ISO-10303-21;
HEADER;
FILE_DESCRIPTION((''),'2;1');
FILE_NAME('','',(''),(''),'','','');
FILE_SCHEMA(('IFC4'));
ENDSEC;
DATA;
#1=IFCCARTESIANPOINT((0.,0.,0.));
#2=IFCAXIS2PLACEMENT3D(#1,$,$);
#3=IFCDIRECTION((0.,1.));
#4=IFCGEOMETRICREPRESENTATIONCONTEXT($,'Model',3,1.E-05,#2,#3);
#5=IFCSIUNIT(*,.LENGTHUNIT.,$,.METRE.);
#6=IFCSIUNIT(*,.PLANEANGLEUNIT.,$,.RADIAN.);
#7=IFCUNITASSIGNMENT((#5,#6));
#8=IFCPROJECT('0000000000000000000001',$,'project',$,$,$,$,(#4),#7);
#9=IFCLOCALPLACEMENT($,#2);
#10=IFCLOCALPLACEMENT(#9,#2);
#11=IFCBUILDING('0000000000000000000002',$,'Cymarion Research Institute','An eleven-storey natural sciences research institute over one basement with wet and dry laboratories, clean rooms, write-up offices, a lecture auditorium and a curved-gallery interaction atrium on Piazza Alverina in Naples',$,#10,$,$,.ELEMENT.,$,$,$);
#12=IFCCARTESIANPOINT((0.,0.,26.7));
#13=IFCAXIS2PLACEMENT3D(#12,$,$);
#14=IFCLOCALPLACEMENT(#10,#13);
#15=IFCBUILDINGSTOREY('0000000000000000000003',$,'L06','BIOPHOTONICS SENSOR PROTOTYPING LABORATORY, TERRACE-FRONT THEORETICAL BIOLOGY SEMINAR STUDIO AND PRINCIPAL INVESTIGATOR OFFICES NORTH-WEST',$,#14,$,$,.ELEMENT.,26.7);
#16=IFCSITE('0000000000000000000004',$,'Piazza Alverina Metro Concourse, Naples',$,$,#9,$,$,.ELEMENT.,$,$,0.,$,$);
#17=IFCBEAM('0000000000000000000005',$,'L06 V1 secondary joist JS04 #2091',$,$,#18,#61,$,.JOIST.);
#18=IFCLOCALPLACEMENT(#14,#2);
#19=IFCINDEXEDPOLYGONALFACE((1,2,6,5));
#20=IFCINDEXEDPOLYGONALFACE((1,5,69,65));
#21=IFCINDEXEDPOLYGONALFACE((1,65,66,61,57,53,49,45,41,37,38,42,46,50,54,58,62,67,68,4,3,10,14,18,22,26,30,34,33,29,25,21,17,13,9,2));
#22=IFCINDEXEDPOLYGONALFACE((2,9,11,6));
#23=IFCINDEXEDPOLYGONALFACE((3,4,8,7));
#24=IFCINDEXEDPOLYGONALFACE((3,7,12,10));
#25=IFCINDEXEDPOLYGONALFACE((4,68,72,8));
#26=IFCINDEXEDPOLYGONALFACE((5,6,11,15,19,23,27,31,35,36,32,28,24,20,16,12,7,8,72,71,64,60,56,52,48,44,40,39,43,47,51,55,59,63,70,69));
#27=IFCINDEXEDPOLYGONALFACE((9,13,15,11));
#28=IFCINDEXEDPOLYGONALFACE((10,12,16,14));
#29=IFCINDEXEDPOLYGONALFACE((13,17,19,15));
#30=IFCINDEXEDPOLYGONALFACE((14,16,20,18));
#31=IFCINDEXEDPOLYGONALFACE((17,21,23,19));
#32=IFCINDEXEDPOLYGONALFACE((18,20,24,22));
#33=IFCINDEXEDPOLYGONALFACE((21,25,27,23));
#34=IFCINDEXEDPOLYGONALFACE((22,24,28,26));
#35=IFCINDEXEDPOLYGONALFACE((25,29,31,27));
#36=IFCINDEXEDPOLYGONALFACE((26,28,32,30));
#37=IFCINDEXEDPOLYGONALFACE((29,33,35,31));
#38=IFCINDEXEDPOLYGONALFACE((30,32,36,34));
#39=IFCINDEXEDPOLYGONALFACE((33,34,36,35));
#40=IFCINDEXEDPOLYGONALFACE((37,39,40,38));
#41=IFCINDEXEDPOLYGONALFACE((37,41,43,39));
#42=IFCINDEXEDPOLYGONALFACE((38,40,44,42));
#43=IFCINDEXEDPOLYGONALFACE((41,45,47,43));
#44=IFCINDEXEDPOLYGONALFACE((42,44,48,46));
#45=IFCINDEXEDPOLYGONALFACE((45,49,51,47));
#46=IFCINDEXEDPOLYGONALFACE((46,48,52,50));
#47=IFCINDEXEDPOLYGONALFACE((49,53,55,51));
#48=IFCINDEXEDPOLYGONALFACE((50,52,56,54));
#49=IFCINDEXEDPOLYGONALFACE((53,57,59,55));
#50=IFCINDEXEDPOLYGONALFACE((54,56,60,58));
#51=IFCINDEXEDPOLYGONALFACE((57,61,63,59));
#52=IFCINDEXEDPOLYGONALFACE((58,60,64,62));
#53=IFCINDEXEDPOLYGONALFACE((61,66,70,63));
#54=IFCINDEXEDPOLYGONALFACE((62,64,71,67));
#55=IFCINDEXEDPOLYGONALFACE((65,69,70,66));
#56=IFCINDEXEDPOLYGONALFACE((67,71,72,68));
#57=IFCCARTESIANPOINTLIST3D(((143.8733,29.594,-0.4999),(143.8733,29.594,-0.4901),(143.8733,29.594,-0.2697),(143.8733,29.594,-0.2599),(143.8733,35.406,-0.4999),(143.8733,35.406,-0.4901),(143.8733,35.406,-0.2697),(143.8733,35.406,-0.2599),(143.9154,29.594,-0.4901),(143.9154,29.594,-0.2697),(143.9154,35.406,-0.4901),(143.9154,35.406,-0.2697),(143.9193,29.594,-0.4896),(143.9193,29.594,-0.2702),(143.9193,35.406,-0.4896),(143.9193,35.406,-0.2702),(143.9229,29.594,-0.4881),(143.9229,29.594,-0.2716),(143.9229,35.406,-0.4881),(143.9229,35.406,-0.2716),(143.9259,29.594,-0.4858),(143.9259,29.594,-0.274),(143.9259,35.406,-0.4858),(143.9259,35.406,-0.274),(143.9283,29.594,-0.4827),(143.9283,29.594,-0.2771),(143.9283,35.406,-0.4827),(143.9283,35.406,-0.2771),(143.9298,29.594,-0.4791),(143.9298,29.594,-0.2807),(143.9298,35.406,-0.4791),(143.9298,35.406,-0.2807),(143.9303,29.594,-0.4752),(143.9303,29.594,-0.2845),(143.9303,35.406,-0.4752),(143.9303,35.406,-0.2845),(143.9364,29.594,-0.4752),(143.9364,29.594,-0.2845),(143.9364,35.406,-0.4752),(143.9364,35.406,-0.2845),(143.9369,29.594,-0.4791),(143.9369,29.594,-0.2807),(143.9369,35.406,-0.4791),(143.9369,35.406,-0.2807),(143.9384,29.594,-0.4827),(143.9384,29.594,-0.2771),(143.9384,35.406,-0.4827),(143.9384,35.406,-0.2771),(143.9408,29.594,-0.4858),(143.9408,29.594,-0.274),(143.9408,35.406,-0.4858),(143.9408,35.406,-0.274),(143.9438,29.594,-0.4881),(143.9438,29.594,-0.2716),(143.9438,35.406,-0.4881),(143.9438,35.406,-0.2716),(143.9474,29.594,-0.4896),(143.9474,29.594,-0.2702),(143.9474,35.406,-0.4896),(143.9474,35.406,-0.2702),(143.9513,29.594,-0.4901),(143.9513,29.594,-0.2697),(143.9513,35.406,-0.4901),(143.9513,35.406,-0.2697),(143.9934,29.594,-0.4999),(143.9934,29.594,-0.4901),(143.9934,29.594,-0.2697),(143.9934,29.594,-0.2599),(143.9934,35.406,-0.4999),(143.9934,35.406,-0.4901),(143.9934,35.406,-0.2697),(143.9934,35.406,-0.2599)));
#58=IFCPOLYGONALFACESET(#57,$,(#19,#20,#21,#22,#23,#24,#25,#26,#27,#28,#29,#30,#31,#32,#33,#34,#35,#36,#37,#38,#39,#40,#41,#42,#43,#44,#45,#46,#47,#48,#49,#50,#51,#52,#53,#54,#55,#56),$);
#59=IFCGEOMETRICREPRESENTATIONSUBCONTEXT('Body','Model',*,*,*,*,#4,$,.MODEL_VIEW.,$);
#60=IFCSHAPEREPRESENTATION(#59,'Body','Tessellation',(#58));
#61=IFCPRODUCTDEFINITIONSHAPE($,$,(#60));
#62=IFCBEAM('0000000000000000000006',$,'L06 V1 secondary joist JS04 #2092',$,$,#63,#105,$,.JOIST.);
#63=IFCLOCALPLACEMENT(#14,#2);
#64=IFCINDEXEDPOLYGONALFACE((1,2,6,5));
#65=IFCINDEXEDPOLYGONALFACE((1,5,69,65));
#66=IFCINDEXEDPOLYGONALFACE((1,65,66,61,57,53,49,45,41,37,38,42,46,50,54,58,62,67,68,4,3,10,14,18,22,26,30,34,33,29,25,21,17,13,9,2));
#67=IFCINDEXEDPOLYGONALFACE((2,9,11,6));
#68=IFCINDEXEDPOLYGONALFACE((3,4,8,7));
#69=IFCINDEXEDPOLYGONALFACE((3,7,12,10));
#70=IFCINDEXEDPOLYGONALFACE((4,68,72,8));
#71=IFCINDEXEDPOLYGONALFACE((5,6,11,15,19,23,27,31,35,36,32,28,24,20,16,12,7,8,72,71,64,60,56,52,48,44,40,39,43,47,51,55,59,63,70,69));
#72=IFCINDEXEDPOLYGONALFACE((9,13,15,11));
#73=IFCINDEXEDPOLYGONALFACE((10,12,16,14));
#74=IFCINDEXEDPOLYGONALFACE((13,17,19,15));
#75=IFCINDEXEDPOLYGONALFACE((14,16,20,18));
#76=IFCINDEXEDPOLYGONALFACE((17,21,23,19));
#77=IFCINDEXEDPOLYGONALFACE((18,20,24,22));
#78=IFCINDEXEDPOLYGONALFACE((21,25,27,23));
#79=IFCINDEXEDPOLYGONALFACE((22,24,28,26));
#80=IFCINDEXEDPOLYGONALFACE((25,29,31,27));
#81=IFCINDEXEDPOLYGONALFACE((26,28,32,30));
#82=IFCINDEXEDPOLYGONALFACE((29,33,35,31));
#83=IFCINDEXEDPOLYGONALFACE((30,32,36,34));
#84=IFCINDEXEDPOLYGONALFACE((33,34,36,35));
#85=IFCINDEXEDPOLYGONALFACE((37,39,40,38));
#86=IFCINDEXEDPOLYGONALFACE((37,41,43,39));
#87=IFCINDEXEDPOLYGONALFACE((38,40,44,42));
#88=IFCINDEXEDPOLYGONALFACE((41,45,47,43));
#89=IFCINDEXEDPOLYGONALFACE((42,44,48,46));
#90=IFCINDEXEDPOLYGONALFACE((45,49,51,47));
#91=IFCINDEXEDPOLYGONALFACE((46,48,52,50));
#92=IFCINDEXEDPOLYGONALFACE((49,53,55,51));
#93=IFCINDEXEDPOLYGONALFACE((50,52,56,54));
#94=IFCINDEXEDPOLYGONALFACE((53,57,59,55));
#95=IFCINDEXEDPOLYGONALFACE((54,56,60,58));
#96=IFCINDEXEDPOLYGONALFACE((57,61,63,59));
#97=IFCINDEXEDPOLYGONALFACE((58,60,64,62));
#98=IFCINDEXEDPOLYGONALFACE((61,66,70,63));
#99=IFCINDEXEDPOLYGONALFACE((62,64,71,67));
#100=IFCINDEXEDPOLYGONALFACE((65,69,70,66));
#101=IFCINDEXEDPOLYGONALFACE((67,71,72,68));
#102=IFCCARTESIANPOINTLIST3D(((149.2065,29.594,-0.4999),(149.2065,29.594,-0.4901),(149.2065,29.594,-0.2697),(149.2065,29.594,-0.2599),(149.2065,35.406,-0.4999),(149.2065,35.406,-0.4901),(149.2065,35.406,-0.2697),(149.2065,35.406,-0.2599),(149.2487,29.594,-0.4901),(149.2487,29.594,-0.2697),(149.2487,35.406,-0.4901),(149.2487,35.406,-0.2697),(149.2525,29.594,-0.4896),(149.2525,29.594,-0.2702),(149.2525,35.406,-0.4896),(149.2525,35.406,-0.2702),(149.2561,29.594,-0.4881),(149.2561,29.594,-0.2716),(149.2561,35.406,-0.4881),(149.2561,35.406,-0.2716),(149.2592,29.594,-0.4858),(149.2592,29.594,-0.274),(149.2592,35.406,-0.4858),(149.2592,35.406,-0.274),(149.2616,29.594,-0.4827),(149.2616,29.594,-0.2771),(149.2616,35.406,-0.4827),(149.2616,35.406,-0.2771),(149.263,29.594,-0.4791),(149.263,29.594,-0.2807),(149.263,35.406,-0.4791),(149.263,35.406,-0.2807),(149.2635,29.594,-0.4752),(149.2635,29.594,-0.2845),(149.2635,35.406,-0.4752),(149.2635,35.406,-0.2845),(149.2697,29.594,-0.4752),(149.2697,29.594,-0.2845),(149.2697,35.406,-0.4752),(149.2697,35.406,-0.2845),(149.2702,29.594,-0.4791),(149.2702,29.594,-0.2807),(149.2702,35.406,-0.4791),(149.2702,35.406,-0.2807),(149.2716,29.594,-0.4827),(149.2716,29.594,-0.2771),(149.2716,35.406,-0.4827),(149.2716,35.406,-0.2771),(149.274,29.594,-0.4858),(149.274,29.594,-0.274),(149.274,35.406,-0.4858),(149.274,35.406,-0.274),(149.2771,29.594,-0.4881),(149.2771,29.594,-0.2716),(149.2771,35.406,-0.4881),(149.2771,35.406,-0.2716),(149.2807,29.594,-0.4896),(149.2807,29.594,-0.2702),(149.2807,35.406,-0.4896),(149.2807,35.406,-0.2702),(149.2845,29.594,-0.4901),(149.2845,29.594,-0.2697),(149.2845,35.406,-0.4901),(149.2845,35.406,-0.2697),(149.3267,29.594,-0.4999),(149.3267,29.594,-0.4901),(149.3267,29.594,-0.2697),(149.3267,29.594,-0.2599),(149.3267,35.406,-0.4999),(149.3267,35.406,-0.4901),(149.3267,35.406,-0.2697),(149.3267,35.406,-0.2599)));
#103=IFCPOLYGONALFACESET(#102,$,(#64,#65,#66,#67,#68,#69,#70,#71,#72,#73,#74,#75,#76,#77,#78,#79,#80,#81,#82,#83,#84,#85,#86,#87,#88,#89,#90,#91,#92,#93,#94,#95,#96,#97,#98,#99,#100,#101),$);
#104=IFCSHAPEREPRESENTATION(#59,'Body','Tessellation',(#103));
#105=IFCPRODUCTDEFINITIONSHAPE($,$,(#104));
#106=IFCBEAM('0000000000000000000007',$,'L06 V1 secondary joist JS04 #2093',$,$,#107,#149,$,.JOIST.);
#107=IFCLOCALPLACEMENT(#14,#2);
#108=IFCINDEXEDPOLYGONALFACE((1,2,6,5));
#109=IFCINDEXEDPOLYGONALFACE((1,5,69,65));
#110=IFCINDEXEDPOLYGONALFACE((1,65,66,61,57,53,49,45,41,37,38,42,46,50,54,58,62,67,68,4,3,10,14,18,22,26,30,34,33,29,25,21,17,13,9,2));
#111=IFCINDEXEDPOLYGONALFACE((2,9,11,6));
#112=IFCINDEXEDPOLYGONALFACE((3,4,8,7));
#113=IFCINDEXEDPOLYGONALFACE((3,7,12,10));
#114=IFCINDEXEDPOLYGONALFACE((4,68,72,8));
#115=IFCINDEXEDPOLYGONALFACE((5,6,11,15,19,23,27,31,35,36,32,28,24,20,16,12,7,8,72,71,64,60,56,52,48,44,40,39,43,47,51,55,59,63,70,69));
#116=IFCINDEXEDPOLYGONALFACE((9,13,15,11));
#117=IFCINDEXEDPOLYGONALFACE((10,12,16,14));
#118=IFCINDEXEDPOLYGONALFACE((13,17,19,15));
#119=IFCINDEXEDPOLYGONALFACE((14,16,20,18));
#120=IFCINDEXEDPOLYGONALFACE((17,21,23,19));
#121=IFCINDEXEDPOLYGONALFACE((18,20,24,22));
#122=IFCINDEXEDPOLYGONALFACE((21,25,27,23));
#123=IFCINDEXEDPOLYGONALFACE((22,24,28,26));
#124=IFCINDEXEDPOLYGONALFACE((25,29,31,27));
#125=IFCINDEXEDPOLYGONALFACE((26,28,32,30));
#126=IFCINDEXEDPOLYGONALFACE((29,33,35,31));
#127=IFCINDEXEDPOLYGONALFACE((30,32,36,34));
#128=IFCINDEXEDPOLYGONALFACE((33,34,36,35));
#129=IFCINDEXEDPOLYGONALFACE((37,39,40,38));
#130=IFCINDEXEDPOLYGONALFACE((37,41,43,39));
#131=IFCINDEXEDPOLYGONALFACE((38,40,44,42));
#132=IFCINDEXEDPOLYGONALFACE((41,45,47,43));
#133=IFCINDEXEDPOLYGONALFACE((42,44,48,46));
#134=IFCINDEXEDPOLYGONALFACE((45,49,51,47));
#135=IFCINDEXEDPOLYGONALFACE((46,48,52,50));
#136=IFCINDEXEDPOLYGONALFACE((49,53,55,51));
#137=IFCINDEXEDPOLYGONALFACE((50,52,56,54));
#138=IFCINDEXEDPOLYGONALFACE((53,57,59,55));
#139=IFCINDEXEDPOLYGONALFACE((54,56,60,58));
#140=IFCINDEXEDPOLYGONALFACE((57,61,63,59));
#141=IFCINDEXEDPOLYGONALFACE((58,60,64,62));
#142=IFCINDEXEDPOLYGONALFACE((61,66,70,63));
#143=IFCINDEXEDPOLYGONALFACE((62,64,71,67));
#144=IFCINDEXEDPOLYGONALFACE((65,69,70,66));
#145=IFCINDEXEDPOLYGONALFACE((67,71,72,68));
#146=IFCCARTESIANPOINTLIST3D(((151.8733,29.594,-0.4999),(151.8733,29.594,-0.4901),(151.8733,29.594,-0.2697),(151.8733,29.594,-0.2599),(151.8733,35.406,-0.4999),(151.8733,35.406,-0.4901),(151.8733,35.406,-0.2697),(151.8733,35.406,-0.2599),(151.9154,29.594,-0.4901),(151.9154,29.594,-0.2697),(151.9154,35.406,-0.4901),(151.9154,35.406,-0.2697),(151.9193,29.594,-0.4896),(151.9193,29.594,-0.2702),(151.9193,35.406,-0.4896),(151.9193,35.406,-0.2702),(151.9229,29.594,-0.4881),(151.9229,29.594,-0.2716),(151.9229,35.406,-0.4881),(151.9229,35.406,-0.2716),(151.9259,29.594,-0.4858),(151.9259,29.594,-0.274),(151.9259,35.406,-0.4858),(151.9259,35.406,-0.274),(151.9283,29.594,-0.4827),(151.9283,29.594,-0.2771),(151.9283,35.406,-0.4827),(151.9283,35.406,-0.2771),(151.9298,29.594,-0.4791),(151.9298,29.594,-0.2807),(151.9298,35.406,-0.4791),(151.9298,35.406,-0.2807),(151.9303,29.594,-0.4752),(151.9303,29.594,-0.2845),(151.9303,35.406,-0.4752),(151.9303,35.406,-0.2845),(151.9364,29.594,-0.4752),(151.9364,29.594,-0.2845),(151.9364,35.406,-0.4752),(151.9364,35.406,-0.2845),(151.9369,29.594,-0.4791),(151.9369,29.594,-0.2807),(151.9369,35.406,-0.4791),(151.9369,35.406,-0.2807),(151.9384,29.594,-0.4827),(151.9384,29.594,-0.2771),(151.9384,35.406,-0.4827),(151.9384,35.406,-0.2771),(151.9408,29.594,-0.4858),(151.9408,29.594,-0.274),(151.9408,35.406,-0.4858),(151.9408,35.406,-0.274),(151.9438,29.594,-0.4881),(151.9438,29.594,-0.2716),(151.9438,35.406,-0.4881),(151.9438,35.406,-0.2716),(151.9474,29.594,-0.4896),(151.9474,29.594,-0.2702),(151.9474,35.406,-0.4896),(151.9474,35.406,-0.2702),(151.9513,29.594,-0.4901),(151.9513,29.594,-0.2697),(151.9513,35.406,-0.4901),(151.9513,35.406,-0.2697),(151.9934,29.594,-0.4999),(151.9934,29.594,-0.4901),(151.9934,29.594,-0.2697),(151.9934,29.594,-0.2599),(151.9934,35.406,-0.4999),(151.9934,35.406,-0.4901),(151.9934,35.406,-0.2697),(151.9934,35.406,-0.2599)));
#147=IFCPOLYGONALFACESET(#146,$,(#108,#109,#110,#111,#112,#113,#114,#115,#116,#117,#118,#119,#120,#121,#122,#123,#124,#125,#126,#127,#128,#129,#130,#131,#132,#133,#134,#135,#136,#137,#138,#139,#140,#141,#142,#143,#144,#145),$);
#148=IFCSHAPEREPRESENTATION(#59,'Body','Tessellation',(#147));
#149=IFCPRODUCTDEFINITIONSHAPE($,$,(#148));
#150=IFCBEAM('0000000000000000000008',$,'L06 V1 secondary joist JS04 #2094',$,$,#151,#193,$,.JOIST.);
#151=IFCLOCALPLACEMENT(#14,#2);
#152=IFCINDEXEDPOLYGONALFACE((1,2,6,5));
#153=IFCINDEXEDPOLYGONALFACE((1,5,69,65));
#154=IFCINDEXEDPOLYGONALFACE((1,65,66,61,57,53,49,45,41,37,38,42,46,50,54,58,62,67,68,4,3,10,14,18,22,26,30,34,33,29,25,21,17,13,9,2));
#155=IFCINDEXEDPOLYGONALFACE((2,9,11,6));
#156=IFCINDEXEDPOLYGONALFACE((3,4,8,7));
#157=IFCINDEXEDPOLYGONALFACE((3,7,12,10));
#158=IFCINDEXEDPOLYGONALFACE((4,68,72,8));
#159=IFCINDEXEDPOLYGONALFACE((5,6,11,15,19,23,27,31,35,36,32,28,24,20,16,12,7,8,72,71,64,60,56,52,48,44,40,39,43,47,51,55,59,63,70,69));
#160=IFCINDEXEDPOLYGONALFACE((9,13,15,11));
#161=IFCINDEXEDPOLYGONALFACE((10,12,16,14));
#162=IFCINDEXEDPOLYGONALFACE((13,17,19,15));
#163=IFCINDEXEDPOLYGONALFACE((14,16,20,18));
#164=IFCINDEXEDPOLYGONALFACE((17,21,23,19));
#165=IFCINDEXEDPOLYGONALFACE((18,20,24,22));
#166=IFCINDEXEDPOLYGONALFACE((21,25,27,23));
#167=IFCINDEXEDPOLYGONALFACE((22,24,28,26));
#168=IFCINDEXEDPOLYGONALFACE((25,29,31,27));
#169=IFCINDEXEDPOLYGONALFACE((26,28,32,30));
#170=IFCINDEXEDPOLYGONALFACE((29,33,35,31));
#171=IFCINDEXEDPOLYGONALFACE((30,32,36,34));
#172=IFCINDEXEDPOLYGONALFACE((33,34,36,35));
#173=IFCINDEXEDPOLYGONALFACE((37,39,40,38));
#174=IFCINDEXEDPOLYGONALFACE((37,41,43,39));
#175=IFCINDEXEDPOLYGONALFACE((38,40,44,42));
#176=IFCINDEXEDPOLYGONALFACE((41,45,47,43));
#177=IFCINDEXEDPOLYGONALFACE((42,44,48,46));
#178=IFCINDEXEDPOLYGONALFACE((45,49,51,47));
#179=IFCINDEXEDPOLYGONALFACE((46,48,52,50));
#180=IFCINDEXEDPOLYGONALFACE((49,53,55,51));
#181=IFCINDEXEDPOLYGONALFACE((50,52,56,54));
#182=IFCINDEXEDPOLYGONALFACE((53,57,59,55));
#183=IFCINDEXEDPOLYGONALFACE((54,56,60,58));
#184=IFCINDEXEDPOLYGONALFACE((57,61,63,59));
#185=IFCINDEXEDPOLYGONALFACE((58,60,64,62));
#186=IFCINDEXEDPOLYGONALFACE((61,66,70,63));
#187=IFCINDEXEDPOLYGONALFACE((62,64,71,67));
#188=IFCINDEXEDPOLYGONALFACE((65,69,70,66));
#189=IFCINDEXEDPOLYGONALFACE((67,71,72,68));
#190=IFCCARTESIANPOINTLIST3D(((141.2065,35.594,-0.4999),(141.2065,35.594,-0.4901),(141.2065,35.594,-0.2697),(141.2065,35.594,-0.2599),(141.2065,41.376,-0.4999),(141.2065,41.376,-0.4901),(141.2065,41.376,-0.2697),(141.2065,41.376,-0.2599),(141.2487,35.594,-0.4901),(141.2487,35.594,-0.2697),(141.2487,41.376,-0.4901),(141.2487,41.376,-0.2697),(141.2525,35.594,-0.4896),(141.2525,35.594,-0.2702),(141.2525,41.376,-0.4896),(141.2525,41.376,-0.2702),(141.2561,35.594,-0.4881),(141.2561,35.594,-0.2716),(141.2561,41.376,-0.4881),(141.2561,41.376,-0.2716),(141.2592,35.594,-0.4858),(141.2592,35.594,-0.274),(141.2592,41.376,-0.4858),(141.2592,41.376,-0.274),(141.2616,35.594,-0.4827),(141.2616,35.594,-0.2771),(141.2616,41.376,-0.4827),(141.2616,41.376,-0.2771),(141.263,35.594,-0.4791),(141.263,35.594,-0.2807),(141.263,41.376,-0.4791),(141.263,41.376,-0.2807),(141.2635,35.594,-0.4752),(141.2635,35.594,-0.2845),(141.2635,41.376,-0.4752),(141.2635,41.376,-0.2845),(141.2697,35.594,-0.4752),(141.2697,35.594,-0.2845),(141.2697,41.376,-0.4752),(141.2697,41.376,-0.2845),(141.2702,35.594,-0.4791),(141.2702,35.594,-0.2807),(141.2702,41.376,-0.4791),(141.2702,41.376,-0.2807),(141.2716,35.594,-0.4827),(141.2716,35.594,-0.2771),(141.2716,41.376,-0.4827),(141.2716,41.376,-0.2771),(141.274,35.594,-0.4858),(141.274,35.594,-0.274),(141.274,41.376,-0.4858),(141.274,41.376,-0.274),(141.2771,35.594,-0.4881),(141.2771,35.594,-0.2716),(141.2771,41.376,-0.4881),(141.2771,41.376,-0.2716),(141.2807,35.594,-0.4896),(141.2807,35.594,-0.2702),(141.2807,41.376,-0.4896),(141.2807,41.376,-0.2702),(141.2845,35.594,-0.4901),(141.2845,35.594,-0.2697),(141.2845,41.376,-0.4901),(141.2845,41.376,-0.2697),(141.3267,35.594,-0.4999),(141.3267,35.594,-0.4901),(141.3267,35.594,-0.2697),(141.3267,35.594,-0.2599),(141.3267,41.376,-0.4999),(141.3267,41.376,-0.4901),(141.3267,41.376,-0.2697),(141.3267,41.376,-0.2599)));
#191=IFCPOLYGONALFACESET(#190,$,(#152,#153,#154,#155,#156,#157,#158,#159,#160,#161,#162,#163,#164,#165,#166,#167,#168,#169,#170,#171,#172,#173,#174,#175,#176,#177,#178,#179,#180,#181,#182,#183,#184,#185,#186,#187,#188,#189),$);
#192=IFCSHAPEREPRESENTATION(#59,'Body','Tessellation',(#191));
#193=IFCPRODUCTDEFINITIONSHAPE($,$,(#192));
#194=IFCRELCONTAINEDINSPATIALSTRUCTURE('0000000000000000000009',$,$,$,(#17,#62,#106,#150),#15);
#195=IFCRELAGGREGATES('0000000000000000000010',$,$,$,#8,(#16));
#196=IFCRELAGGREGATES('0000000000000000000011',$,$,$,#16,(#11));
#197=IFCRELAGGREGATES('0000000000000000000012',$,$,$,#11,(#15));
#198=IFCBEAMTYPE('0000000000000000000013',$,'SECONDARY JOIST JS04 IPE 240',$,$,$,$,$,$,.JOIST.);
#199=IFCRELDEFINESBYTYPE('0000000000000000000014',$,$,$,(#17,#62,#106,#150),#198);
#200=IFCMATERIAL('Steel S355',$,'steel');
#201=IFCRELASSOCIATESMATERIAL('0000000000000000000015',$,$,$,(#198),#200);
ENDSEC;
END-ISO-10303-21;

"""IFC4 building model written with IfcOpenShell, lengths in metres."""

from ifc_helpers import new_model, si_unit, direction, frame, origin, origin_2d, place, context, subcontext, project, spatial, i_section, extrude, material, material_profile, profile_set, type_object, element, save


model = new_model("IFC4")

# Units and contexts
model_context = context("Model", 3, precision=1e-05, world=origin(), true_north=direction((0.0, 1.0)))
body_context = subcontext(model_context, "Body", "Model", "MODEL_VIEW")
ifc_project = project(units=[si_unit("LENGTHUNIT", "METRE"), si_unit("PLANEANGLEUNIT", "RADIAN")], contexts=[model_context])

# Site, building, storey
site_placement = place(None, origin())
site = spatial("IfcSite", under=ifc_project, at=site_placement, Name="Piazza Alverina Metro Concourse, Naples", CompositionType="ELEMENT", RefElevation=0.0)
building_placement = place(site_placement, origin())
building = spatial("IfcBuilding", under=site, at=building_placement, Name="Cymarion Research Institute", Description="An eleven-storey natural sciences research institute over one basement with wet and dry laboratories, clean rooms, write-up offices, a lecture auditorium and a curved-gallery interaction atrium on Piazza Alverina in Naples", CompositionType="ELEMENT")
storey_placement = place(building_placement, frame((0.0, 0.0, 26.7)))
storey = spatial("IfcBuildingStorey", under=building, at=storey_placement, Name="L06", Description="BIOPHOTONICS SENSOR PROTOTYPING LABORATORY, TERRACE-FRONT THEORETICAL BIOLOGY SEMINAR STUDIO AND PRINCIPAL INVESTIGATOR OFFICES NORTH-WEST", CompositionType="ELEMENT", Elevation=26.7)

# Shared definitions
ifc_material_1 = material(Name="Steel S355", Category="steel")

# Beams
ifc_material_profile_1 = material_profile(ifc_material_1, i_section(OverallWidth=0.1201, OverallDepth=0.24, WebThickness=0.0061, FlangeThickness=0.0098, FilletRadius=0.0149, at=origin_2d()), Name="IPE 240")
ifc_profile_set_1 = profile_set([ifc_material_profile_1], Name="Steel S355")
beam_type_1 = type_object("IfcBeamType", Name="SECONDARY JOIST JS04 IPE 240", PredefinedType="JOIST", material=ifc_profile_set_1)
for number, where, z_axis, x_axis, name in (
    (1, (143.9333, 29.594, -0.3799), (0.0, 1.0, 0.0), (-1.0, 0.0, 0.0), "L06 V1 secondary joist JS04 #2091"),
    (2, (149.2666, 29.594, -0.3799), (0.0, 1.0, 0.0), (-1.0, 0.0, 0.0), "L06 V1 secondary joist JS04 #2092"),
    (3, (151.9333, 29.594, -0.3799), (0.0, 1.0, 0.0), (-1.0, 0.0, 0.0), "L06 V1 secondary joist JS04 #2093"),
):
    element("IfcBeam", number, at=place(storey_placement, frame(where, z_axis=z_axis, x_axis=x_axis)), inside=storey, type_object=beam_type_1, Name=name, PredefinedType="JOIST", context=body_context, shape_type="SweptSolid", body=[
        extrude(i_section(OverallWidth=0.1201, OverallDepth=0.24, WebThickness=0.0061, FlangeThickness=0.0098, FilletRadius=0.0149, at=origin_2d()), origin(), (0.0, 0.0, 1.0), 5.812),
    ])
for number, where, z_axis, x_axis, name in (
    (4, (141.2666, 35.594, -0.3799), (0.0, 1.0, 0.0), (-1.0, 0.0, 0.0), "L06 V1 secondary joist JS04 #2094"),
):
    element("IfcBeam", number, at=place(storey_placement, frame(where, z_axis=z_axis, x_axis=x_axis)), inside=storey, type_object=beam_type_1, Name=name, PredefinedType="JOIST", context=body_context, shape_type="SweptSolid", body=[
        extrude(i_section(OverallWidth=0.1201, OverallDepth=0.24, WebThickness=0.0061, FlangeThickness=0.0098, FilletRadius=0.0149, at=origin_2d()), origin(), (0.0, 0.0, 1.0), 5.782),
    ])

save(model, "model.ifc")
